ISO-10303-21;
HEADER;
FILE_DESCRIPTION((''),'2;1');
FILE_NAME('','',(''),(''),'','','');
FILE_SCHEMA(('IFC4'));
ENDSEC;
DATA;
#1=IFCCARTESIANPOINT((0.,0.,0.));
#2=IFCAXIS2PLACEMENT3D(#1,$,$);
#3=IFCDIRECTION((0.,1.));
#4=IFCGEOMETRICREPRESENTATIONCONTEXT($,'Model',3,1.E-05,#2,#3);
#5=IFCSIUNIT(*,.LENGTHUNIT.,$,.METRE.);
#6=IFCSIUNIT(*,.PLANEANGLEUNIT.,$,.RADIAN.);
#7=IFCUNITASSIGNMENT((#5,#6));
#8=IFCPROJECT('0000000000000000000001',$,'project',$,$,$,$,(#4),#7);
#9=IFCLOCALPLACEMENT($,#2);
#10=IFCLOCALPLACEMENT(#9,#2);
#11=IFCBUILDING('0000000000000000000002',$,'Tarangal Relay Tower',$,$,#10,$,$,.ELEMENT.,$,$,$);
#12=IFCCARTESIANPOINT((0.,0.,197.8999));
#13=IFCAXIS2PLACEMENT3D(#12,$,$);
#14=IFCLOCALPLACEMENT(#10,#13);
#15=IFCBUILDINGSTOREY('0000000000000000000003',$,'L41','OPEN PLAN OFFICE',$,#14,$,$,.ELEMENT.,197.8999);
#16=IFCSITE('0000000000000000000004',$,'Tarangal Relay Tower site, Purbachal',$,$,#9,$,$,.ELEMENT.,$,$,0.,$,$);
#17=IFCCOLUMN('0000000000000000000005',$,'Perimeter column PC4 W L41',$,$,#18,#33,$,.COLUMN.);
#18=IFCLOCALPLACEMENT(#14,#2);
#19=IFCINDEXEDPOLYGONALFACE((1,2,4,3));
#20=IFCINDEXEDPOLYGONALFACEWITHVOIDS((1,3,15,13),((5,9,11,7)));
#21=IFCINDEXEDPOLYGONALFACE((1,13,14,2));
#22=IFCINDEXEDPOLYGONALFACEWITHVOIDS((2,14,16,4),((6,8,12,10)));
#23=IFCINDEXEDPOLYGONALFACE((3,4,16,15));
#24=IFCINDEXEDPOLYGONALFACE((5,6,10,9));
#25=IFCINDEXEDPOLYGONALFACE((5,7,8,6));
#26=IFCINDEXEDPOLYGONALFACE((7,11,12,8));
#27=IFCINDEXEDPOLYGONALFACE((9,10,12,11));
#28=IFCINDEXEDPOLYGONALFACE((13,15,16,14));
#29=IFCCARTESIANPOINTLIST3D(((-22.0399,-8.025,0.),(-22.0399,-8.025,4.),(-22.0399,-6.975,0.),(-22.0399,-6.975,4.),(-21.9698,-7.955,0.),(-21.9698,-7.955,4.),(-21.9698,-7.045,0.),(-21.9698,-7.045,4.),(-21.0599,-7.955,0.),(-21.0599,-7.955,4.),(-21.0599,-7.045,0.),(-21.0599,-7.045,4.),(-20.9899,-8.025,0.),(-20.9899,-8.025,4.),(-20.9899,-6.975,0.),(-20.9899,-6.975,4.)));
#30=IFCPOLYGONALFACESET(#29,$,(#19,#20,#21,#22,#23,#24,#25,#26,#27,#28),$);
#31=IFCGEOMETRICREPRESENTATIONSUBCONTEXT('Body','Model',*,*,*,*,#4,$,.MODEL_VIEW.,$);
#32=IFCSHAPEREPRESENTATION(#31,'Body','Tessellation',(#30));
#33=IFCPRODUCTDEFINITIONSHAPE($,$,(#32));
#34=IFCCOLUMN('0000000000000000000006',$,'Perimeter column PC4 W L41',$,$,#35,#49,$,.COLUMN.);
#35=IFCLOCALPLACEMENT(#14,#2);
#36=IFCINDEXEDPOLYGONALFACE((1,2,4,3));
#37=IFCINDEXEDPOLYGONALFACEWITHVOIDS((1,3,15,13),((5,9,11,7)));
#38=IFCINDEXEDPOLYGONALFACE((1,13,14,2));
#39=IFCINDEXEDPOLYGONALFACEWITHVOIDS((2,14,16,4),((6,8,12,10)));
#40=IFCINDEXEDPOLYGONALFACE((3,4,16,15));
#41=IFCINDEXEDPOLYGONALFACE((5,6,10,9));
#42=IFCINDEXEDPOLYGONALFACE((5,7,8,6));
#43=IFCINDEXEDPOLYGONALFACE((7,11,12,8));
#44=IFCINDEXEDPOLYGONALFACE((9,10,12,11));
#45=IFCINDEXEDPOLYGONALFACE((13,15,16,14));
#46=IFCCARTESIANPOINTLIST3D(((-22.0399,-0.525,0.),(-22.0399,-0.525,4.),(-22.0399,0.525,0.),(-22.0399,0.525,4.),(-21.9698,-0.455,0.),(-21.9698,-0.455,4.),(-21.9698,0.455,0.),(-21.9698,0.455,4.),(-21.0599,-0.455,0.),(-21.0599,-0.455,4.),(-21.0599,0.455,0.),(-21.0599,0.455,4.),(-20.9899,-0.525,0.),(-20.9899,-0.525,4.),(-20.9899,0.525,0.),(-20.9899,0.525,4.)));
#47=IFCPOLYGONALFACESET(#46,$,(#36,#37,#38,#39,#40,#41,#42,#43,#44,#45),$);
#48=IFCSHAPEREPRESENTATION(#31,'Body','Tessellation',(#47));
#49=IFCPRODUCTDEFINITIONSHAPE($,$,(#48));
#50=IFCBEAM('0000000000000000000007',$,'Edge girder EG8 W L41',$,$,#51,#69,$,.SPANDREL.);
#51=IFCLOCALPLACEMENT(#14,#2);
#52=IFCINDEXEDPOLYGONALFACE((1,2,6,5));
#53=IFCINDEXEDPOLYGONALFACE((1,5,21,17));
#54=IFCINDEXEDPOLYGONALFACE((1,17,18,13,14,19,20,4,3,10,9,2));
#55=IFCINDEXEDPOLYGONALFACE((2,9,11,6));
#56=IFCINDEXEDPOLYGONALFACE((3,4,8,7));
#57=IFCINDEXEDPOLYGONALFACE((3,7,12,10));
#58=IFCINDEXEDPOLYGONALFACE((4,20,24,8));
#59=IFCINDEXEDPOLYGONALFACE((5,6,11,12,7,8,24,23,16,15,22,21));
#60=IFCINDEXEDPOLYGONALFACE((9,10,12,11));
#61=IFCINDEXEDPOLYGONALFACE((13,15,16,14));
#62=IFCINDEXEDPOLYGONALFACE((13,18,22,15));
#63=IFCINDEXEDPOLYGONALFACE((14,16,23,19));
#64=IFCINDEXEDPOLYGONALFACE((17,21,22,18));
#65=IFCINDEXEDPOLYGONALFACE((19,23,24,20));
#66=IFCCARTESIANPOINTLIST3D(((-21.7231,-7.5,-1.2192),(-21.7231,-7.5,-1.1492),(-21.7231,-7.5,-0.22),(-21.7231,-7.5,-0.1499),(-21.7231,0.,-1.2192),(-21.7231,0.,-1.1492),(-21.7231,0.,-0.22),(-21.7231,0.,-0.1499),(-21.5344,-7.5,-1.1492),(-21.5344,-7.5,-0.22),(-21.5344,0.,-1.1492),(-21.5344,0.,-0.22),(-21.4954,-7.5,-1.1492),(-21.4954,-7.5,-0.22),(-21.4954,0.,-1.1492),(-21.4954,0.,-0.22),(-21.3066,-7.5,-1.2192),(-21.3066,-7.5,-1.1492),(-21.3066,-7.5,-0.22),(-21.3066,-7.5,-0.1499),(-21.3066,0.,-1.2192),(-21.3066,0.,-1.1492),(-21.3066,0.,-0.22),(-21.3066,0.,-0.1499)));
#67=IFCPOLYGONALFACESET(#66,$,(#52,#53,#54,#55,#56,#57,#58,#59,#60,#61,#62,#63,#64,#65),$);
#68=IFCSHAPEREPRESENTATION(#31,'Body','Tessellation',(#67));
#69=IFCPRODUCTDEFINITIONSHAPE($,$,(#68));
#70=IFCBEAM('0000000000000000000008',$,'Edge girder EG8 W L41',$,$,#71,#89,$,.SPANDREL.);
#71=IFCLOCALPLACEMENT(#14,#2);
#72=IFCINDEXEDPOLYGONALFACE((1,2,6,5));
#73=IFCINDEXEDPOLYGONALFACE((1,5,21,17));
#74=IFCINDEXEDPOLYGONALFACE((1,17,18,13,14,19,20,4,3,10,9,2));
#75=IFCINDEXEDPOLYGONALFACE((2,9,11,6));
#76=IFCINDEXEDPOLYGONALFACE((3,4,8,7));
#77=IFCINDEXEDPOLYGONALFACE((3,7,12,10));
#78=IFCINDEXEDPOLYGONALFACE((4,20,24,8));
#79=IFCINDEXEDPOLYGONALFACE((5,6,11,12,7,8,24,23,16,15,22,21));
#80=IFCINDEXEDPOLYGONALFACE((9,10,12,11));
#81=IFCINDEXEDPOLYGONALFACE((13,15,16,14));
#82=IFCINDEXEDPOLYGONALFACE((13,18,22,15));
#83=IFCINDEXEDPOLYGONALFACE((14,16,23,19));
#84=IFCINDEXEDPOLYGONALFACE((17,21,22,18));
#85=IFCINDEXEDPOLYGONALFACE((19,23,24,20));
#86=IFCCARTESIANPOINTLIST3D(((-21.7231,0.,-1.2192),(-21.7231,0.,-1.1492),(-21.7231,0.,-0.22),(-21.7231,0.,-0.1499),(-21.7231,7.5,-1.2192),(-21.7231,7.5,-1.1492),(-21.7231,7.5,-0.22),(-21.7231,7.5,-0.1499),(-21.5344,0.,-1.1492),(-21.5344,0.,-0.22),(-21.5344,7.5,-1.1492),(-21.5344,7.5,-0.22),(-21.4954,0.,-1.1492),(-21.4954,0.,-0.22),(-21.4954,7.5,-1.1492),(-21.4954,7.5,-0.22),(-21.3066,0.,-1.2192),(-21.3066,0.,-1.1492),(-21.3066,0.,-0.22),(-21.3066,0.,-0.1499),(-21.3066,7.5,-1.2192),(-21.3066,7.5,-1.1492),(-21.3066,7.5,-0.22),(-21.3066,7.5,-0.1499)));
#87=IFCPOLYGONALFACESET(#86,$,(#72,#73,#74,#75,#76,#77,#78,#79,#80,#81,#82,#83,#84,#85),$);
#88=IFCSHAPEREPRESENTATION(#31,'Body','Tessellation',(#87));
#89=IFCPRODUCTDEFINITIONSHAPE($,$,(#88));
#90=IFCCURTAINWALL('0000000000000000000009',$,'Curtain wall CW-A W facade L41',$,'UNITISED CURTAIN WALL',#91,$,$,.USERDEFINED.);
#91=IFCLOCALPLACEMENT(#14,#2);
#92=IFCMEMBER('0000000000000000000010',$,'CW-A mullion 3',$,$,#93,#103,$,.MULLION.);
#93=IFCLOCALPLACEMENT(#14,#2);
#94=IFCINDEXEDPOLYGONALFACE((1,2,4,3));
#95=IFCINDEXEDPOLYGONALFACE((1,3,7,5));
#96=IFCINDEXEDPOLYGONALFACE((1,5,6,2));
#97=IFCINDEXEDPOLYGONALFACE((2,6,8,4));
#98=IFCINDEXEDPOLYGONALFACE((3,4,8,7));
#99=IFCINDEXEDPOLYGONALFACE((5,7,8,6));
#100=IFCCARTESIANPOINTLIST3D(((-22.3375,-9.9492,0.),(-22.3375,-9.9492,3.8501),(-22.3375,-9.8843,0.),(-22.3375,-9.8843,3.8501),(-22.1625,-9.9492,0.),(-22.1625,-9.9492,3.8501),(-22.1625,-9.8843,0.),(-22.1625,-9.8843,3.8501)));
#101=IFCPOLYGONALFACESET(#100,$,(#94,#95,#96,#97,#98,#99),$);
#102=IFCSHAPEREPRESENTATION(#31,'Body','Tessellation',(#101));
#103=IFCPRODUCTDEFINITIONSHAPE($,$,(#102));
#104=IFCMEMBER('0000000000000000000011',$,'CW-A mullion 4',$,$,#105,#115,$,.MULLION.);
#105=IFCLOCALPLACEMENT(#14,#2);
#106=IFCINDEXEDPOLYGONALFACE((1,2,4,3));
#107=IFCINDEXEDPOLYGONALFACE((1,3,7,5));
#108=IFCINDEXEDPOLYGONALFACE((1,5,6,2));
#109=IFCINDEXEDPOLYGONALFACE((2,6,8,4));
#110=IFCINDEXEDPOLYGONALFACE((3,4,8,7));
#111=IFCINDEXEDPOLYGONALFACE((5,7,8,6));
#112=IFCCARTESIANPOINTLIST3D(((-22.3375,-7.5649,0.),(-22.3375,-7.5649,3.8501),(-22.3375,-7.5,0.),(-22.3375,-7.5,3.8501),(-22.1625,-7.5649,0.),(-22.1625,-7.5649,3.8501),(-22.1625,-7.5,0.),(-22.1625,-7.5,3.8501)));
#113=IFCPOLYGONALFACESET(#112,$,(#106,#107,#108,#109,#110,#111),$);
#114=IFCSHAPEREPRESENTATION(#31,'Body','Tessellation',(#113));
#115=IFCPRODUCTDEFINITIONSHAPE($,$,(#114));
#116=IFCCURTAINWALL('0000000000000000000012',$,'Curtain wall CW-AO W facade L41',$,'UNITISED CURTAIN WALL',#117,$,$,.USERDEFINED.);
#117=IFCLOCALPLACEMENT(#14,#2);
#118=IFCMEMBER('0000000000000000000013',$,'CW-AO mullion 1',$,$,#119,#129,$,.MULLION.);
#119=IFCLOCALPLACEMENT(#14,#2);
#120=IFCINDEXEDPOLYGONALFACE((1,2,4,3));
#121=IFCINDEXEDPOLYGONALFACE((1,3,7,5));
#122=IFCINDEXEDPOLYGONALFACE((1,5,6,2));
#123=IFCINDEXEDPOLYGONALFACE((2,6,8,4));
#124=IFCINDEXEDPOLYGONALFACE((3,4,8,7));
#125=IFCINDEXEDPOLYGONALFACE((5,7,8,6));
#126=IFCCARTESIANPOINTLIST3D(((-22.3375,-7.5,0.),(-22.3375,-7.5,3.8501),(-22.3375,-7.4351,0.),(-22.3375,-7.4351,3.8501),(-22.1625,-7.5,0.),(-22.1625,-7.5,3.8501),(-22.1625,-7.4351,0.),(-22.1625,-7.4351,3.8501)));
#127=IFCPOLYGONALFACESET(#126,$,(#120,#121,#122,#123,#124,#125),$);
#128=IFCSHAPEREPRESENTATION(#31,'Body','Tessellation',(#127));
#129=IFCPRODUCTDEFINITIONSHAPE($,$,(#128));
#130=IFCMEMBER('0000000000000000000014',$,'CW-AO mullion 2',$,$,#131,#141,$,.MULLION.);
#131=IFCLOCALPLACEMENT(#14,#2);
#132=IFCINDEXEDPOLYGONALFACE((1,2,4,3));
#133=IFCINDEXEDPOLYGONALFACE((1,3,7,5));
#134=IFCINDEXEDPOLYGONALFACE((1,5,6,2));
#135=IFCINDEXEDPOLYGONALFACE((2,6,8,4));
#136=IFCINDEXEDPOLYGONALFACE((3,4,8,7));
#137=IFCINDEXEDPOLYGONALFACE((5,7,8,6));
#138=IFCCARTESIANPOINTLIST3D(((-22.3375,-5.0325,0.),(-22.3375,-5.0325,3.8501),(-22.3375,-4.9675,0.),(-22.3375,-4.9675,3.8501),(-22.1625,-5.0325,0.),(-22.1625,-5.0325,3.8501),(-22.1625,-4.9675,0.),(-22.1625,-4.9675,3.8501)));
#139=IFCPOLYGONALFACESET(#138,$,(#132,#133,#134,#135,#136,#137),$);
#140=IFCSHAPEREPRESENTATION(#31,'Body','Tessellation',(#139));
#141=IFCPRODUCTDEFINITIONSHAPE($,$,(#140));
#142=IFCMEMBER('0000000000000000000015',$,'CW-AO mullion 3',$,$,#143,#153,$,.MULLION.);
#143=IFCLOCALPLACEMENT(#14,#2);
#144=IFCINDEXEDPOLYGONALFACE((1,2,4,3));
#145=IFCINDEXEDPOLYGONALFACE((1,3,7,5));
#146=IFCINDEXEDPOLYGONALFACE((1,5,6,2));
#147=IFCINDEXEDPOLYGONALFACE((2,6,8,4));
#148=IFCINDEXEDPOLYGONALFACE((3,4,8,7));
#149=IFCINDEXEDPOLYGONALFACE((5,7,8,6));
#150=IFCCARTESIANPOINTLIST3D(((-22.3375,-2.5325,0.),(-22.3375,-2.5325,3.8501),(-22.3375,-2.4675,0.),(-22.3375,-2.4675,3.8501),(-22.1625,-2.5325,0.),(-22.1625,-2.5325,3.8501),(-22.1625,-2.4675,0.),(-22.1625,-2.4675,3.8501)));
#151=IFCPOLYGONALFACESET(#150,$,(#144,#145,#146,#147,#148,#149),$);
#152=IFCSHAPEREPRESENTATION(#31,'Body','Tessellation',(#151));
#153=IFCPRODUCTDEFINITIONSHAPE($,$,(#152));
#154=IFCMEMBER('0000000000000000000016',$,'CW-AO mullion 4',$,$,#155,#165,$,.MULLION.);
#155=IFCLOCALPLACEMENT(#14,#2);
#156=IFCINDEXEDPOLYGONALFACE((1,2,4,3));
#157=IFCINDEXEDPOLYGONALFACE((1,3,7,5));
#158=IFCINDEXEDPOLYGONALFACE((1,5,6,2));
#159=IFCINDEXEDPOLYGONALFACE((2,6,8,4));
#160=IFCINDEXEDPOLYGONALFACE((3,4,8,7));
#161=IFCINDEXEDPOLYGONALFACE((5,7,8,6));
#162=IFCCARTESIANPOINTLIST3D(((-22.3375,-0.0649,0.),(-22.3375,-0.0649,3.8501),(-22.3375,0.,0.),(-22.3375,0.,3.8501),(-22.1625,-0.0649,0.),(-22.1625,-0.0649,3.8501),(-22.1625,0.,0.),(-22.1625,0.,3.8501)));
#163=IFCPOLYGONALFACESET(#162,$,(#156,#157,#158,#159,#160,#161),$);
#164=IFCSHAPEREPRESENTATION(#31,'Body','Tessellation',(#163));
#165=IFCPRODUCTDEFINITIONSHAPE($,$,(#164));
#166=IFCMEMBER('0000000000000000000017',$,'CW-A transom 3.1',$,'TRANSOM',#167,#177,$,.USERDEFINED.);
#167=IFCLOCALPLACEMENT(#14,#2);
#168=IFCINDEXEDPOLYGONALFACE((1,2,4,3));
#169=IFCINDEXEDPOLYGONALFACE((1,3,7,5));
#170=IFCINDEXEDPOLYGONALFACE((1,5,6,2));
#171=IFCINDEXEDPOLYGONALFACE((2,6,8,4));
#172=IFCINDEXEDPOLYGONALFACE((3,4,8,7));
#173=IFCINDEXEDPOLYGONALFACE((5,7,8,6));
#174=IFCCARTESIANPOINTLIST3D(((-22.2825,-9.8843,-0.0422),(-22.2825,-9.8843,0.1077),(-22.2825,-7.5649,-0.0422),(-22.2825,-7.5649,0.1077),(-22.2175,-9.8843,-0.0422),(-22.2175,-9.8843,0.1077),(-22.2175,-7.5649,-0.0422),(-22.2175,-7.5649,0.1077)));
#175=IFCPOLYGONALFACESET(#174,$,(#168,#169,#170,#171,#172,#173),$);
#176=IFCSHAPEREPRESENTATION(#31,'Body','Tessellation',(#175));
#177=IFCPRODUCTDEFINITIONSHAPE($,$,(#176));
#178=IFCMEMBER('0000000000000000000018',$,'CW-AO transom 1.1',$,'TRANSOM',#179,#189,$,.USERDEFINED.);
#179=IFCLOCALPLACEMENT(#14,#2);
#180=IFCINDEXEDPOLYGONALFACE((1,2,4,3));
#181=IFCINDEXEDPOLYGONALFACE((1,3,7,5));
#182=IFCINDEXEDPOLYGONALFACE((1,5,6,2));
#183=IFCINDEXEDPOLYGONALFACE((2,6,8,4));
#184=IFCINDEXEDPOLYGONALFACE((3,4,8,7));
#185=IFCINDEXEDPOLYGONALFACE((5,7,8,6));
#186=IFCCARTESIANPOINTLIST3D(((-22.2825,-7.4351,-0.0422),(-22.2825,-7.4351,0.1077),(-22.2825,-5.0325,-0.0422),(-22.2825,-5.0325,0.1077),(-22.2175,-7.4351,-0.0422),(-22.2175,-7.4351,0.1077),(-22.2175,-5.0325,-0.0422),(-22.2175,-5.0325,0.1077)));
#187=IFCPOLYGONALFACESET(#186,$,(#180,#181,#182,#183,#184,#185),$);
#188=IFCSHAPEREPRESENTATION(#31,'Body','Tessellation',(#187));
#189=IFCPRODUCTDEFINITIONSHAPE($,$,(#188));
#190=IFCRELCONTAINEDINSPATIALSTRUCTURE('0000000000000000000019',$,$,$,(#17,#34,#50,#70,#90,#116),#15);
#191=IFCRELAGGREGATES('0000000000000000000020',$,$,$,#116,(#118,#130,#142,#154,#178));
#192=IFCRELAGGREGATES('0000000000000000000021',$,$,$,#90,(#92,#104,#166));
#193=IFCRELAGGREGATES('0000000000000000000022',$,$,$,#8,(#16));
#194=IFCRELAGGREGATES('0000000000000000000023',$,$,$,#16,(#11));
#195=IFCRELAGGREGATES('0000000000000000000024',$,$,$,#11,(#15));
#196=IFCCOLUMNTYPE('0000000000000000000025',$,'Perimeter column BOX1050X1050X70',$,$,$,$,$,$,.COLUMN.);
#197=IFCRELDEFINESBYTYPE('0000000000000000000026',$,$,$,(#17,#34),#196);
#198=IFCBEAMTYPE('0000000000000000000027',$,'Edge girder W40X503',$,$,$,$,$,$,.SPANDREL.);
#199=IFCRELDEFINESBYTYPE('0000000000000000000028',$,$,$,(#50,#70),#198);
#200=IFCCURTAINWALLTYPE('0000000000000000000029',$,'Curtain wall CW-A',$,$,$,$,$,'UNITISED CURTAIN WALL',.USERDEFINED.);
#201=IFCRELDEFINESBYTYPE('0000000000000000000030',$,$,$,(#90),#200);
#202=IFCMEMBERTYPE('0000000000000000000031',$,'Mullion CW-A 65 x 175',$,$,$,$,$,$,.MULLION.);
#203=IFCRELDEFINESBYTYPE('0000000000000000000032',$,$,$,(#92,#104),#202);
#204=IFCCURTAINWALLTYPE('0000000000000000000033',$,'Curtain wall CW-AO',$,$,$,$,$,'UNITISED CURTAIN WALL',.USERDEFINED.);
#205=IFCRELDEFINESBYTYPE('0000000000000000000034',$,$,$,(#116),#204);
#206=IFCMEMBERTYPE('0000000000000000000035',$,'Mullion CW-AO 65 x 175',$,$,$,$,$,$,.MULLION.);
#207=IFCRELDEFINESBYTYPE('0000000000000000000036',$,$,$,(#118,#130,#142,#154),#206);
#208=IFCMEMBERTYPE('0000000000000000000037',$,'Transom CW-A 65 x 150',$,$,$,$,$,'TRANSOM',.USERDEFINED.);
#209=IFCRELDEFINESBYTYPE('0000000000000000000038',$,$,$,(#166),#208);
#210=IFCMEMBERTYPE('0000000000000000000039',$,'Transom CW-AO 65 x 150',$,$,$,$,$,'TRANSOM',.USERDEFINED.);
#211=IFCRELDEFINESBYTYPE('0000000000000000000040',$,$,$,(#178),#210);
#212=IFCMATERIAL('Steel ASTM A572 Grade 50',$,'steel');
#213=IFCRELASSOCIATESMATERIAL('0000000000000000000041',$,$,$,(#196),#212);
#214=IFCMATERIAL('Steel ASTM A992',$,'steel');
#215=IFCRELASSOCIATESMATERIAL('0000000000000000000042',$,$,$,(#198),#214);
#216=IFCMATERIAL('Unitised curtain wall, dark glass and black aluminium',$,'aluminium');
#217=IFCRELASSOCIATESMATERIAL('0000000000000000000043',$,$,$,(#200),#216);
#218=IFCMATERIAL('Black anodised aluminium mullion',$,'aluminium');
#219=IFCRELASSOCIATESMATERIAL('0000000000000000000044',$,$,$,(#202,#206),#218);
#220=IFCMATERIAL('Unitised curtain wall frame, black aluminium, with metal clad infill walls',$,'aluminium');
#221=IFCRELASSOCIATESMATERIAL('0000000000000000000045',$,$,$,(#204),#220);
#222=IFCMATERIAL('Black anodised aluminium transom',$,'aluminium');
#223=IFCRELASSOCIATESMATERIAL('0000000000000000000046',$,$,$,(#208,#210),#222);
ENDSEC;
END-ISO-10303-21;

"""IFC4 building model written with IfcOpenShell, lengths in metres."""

from ifc_helpers import new_model, si_unit, direction, frame, origin, origin_2d, place, context, subcontext, project, spatial, rectangle, hollow_rectangle, i_section, extrude, material, material_profile, profile_set, type_object, element, aggregate, save


model = new_model("IFC4")

# Units and contexts
model_context = context("Model", 3, precision=1e-05, world=origin(), true_north=direction((0.0, 1.0)))
body_context = subcontext(model_context, "Body", "Model", "MODEL_VIEW")
ifc_project = project(units=[si_unit("LENGTHUNIT", "METRE"), si_unit("PLANEANGLEUNIT", "RADIAN")], contexts=[model_context])

# Site, building, storey
site_placement = place(None, origin())
site = spatial("IfcSite", under=ifc_project, at=site_placement, Name="Tarangal Relay Tower site, Purbachal", CompositionType="ELEMENT", RefElevation=0.0)
building_placement = place(site_placement, origin())
building = spatial("IfcBuilding", under=site, at=building_placement, Name="Tarangal Relay Tower", CompositionType="ELEMENT")
storey_placement = place(building_placement, frame((0.0, 0.0, 197.8999)))
storey = spatial("IfcBuildingStorey", under=building, at=storey_placement, Name="L41", Description="OPEN PLAN OFFICE", CompositionType="ELEMENT", Elevation=197.8999)

# Columns
ifc_material_1 = material(Name="Steel ASTM A572 Grade 50", Category="steel")
ifc_material_profile_1 = material_profile(ifc_material_1, hollow_rectangle(XDim=1.05, YDim=1.05, WallThickness=0.0701, at=origin_2d()), Name="BOX1050X1050X70")
ifc_profile_set_1 = profile_set([ifc_material_profile_1], Name="Steel ASTM A572 Grade 50")
column_type = type_object("IfcColumnType", Name="Perimeter column BOX1050X1050X70", PredefinedType="COLUMN", material=ifc_profile_set_1)
for number, where, z_axis, x_axis, name in (
    (1, (-21.5149, -7.5, 0.0), (0.0, 0.0, 1.0), (1.0, 0.0, 0.0), "Perimeter column PC4 W L41"),
    (2, (-21.5149, 0.0, 0.0), (0.0, 0.0, 1.0), (1.0, 0.0, 0.0), "Perimeter column PC4 W L41"),
):
    element("IfcColumn", number, at=place(storey_placement, frame(where, z_axis=z_axis, x_axis=x_axis)), inside=storey, type_object=column_type, Name=name, PredefinedType="COLUMN", context=body_context, shape_type="SweptSolid", body=[
        extrude(hollow_rectangle(XDim=1.05, YDim=1.05, WallThickness=0.0701, at=origin_2d()), origin(), (0.0, 0.0, 1.0), 4.0),
    ])

# Beams
ifc_material_2 = material(Name="Steel ASTM A992", Category="steel")
ifc_material_profile_2 = material_profile(ifc_material_2, i_section(OverallWidth=0.4165, OverallDepth=1.0693, WebThickness=0.0391, FlangeThickness=0.0701, at=origin_2d()), Name="W40X503")
ifc_profile_set_2 = profile_set([ifc_material_profile_2], Name="Steel ASTM A992")
beam_type = type_object("IfcBeamType", Name="Edge girder W40X503", PredefinedType="SPANDREL", material=ifc_profile_set_2)
for number, where, z_axis, x_axis, name in (
    (3, (-21.5149, -7.5, -0.6846), (0.0, 1.0, 0.0), (-1.0, 0.0, 0.0), "Edge girder EG8 W L41"),
    (4, (-21.5149, 0.0, -0.6846), (0.0, 1.0, 0.0), (-1.0, 0.0, 0.0), "Edge girder EG8 W L41"),
):
    element("IfcBeam", number, at=place(storey_placement, frame(where, z_axis=z_axis, x_axis=x_axis)), inside=storey, type_object=beam_type, Name=name, PredefinedType="SPANDREL", context=body_context, shape_type="SweptSolid", body=[
        extrude(i_section(OverallWidth=0.4165, OverallDepth=1.0693, WebThickness=0.0391, FlangeThickness=0.0701, at=origin_2d()), origin(), (0.0, 0.0, 1.0), 7.5),
    ])

# Curtain walls, members
ifc_material_3 = material(Name="Unitised curtain wall, dark glass and black aluminium", Category="aluminium")
curtain_wall_type_1 = type_object("IfcCurtainWallType", Name="Curtain wall CW-A", ElementType="UNITISED CURTAIN WALL", PredefinedType="USERDEFINED", material=ifc_material_3)
curtain_wall_1_placement = place(storey_placement, origin())
curtain_wall_1 = element("IfcCurtainWall", 5, at=curtain_wall_1_placement, inside=storey, type_object=curtain_wall_type_1, Name="Curtain wall CW-A W facade L41", ObjectType="UNITISED CURTAIN WALL", PredefinedType="USERDEFINED")
ifc_material_4 = material(Name="Black anodised aluminium mullion", Category="aluminium")
ifc_material_profile_3 = material_profile(ifc_material_4, rectangle(XDim=0.175, YDim=0.0649, at=origin_2d()), Name="CW-AM 65X175")
ifc_profile_set_3 = profile_set([ifc_material_profile_3], Name="Black anodised aluminium mullion")
member_type_1 = type_object("IfcMemberType", Name="Mullion CW-A 65 x 175", PredefinedType="MULLION", material=ifc_profile_set_3)
member_1_placement = place(storey_placement, frame((-22.25, -9.9167, 0.0), z_axis=(0.0, 0.0, 1.0), x_axis=(-1.0, 0.0, 0.0)))
member_1 = element("IfcMember", 6, at=member_1_placement, type_object=member_type_1, Name="CW-A mullion 3", PredefinedType="MULLION", context=body_context, shape_type="SweptSolid", body=[
    extrude(rectangle(XDim=0.175, YDim=0.0649, at=origin_2d()), origin(), (0.0, 0.0, 1.0), 3.8501),
])
member_2_placement = place(storey_placement, frame((-22.25, -7.5325, 0.0), z_axis=(0.0, 0.0, 1.0), x_axis=(-1.0, 0.0, 0.0)))
member_2 = element("IfcMember", 7, at=member_2_placement, type_object=member_type_1, Name="CW-A mullion 4", PredefinedType="MULLION", context=body_context, shape_type="SweptSolid", body=[
    extrude(rectangle(XDim=0.175, YDim=0.0649, at=origin_2d()), origin(), (0.0, 0.0, 1.0), 3.8501),
])
ifc_material_5 = material(Name="Unitised curtain wall frame, black aluminium, with metal clad infill walls", Category="aluminium")
curtain_wall_type_2 = type_object("IfcCurtainWallType", Name="Curtain wall CW-AO", ElementType="UNITISED CURTAIN WALL", PredefinedType="USERDEFINED", material=ifc_material_5)
curtain_wall_2_placement = place(storey_placement, origin())
curtain_wall_2 = element("IfcCurtainWall", 8, at=curtain_wall_2_placement, inside=storey, type_object=curtain_wall_type_2, Name="Curtain wall CW-AO W facade L41", ObjectType="UNITISED CURTAIN WALL", PredefinedType="USERDEFINED")
ifc_material_profile_4 = material_profile(ifc_material_4, rectangle(XDim=0.175, YDim=0.0649, at=origin_2d()), Name="CW-AOM 65X175")
ifc_profile_set_4 = profile_set([ifc_material_profile_4], Name="Black anodised aluminium mullion")
member_type_2 = type_object("IfcMemberType", Name="Mullion CW-AO 65 x 175", PredefinedType="MULLION", material=ifc_profile_set_4)
member_3_placement = place(storey_placement, frame((-22.25, -7.4675, 0.0), z_axis=(0.0, 0.0, 1.0), x_axis=(-1.0, 0.0, 0.0)))
member_3 = element("IfcMember", 9, at=member_3_placement, type_object=member_type_2, Name="CW-AO mullion 1", PredefinedType="MULLION", context=body_context, shape_type="SweptSolid", body=[
    extrude(rectangle(XDim=0.175, YDim=0.0649, at=origin_2d()), origin(), (0.0, 0.0, 1.0), 3.8501),
])
member_4_placement = place(storey_placement, frame((-22.25, -5.0, 0.0), z_axis=(0.0, 0.0, 1.0), x_axis=(-1.0, 0.0, 0.0)))
member_4 = element("IfcMember", 10, at=member_4_placement, type_object=member_type_2, Name="CW-AO mullion 2", PredefinedType="MULLION", context=body_context, shape_type="SweptSolid", body=[
    extrude(rectangle(XDim=0.175, YDim=0.0649, at=origin_2d()), origin(), (0.0, 0.0, 1.0), 3.8501),
])
member_5_placement = place(storey_placement, frame((-22.25, -2.5, 0.0), z_axis=(0.0, 0.0, 1.0), x_axis=(-1.0, 0.0, 0.0)))
member_5 = element("IfcMember", 11, at=member_5_placement, type_object=member_type_2, Name="CW-AO mullion 3", PredefinedType="MULLION", context=body_context, shape_type="SweptSolid", body=[
    extrude(rectangle(XDim=0.175, YDim=0.0649, at=origin_2d()), origin(), (0.0, 0.0, 1.0), 3.8501),
])
member_6_placement = place(storey_placement, frame((-22.25, -0.0325, 0.0), z_axis=(0.0, 0.0, 1.0), x_axis=(-1.0, 0.0, 0.0)))
member_6 = element("IfcMember", 12, at=member_6_placement, type_object=member_type_2, Name="CW-AO mullion 4", PredefinedType="MULLION", context=body_context, shape_type="SweptSolid", body=[
    extrude(rectangle(XDim=0.175, YDim=0.0649, at=origin_2d()), origin(), (0.0, 0.0, 1.0), 3.8501),
])

# Members
ifc_material_6 = material(Name="Black anodised aluminium transom", Category="aluminium")
ifc_material_profile_5 = material_profile(ifc_material_6, rectangle(XDim=0.0649, YDim=0.1499, at=origin_2d()), Name="CW-AT 65X150")
ifc_profile_set_5 = profile_set([ifc_material_profile_5], Name="Black anodised aluminium transom")
member_type_3 = type_object("IfcMemberType", Name="Transom CW-A 65 x 150", ElementType="TRANSOM", PredefinedType="USERDEFINED", material=ifc_profile_set_5)
member_7_placement = place(storey_placement, frame((-22.25, -9.8843, 0.0327), z_axis=(0.0, 1.0, 0.0), x_axis=(-1.0, 0.0, 0.0)))
member_7 = element("IfcMember", 13, at=member_7_placement, type_object=member_type_3, Name="CW-A transom 3.1", ObjectType="TRANSOM", PredefinedType="USERDEFINED", context=body_context, shape_type="SweptSolid", body=[
    extrude(rectangle(XDim=0.0649, YDim=0.1499, at=origin_2d()), origin(), (0.0, 0.0, 1.0), 2.3193),
])
ifc_material_profile_6 = material_profile(ifc_material_6, rectangle(XDim=0.0649, YDim=0.1499, at=origin_2d()), Name="CW-AOT 65X150")
ifc_profile_set_6 = profile_set([ifc_material_profile_6], Name="Black anodised aluminium transom")
member_type_4 = type_object("IfcMemberType", Name="Transom CW-AO 65 x 150", ElementType="TRANSOM", PredefinedType="USERDEFINED", material=ifc_profile_set_6)
member_8_placement = place(storey_placement, frame((-22.25, -7.4351, 0.0327), z_axis=(0.0, 1.0, 0.0), x_axis=(-1.0, 0.0, 0.0)))
member_8 = element("IfcMember", 14, at=member_8_placement, type_object=member_type_4, Name="CW-AO transom 1.1", ObjectType="TRANSOM", PredefinedType="USERDEFINED", context=body_context, shape_type="SweptSolid", body=[
    extrude(rectangle(XDim=0.0649, YDim=0.1499, at=origin_2d()), origin(), (0.0, 0.0, 1.0), 2.4026),
])
aggregate(curtain_wall_2, [member_3, member_4, member_5, member_6, member_8])

aggregate(curtain_wall_1, [member_1, member_2, member_7])

save(model, "model.ifc")
